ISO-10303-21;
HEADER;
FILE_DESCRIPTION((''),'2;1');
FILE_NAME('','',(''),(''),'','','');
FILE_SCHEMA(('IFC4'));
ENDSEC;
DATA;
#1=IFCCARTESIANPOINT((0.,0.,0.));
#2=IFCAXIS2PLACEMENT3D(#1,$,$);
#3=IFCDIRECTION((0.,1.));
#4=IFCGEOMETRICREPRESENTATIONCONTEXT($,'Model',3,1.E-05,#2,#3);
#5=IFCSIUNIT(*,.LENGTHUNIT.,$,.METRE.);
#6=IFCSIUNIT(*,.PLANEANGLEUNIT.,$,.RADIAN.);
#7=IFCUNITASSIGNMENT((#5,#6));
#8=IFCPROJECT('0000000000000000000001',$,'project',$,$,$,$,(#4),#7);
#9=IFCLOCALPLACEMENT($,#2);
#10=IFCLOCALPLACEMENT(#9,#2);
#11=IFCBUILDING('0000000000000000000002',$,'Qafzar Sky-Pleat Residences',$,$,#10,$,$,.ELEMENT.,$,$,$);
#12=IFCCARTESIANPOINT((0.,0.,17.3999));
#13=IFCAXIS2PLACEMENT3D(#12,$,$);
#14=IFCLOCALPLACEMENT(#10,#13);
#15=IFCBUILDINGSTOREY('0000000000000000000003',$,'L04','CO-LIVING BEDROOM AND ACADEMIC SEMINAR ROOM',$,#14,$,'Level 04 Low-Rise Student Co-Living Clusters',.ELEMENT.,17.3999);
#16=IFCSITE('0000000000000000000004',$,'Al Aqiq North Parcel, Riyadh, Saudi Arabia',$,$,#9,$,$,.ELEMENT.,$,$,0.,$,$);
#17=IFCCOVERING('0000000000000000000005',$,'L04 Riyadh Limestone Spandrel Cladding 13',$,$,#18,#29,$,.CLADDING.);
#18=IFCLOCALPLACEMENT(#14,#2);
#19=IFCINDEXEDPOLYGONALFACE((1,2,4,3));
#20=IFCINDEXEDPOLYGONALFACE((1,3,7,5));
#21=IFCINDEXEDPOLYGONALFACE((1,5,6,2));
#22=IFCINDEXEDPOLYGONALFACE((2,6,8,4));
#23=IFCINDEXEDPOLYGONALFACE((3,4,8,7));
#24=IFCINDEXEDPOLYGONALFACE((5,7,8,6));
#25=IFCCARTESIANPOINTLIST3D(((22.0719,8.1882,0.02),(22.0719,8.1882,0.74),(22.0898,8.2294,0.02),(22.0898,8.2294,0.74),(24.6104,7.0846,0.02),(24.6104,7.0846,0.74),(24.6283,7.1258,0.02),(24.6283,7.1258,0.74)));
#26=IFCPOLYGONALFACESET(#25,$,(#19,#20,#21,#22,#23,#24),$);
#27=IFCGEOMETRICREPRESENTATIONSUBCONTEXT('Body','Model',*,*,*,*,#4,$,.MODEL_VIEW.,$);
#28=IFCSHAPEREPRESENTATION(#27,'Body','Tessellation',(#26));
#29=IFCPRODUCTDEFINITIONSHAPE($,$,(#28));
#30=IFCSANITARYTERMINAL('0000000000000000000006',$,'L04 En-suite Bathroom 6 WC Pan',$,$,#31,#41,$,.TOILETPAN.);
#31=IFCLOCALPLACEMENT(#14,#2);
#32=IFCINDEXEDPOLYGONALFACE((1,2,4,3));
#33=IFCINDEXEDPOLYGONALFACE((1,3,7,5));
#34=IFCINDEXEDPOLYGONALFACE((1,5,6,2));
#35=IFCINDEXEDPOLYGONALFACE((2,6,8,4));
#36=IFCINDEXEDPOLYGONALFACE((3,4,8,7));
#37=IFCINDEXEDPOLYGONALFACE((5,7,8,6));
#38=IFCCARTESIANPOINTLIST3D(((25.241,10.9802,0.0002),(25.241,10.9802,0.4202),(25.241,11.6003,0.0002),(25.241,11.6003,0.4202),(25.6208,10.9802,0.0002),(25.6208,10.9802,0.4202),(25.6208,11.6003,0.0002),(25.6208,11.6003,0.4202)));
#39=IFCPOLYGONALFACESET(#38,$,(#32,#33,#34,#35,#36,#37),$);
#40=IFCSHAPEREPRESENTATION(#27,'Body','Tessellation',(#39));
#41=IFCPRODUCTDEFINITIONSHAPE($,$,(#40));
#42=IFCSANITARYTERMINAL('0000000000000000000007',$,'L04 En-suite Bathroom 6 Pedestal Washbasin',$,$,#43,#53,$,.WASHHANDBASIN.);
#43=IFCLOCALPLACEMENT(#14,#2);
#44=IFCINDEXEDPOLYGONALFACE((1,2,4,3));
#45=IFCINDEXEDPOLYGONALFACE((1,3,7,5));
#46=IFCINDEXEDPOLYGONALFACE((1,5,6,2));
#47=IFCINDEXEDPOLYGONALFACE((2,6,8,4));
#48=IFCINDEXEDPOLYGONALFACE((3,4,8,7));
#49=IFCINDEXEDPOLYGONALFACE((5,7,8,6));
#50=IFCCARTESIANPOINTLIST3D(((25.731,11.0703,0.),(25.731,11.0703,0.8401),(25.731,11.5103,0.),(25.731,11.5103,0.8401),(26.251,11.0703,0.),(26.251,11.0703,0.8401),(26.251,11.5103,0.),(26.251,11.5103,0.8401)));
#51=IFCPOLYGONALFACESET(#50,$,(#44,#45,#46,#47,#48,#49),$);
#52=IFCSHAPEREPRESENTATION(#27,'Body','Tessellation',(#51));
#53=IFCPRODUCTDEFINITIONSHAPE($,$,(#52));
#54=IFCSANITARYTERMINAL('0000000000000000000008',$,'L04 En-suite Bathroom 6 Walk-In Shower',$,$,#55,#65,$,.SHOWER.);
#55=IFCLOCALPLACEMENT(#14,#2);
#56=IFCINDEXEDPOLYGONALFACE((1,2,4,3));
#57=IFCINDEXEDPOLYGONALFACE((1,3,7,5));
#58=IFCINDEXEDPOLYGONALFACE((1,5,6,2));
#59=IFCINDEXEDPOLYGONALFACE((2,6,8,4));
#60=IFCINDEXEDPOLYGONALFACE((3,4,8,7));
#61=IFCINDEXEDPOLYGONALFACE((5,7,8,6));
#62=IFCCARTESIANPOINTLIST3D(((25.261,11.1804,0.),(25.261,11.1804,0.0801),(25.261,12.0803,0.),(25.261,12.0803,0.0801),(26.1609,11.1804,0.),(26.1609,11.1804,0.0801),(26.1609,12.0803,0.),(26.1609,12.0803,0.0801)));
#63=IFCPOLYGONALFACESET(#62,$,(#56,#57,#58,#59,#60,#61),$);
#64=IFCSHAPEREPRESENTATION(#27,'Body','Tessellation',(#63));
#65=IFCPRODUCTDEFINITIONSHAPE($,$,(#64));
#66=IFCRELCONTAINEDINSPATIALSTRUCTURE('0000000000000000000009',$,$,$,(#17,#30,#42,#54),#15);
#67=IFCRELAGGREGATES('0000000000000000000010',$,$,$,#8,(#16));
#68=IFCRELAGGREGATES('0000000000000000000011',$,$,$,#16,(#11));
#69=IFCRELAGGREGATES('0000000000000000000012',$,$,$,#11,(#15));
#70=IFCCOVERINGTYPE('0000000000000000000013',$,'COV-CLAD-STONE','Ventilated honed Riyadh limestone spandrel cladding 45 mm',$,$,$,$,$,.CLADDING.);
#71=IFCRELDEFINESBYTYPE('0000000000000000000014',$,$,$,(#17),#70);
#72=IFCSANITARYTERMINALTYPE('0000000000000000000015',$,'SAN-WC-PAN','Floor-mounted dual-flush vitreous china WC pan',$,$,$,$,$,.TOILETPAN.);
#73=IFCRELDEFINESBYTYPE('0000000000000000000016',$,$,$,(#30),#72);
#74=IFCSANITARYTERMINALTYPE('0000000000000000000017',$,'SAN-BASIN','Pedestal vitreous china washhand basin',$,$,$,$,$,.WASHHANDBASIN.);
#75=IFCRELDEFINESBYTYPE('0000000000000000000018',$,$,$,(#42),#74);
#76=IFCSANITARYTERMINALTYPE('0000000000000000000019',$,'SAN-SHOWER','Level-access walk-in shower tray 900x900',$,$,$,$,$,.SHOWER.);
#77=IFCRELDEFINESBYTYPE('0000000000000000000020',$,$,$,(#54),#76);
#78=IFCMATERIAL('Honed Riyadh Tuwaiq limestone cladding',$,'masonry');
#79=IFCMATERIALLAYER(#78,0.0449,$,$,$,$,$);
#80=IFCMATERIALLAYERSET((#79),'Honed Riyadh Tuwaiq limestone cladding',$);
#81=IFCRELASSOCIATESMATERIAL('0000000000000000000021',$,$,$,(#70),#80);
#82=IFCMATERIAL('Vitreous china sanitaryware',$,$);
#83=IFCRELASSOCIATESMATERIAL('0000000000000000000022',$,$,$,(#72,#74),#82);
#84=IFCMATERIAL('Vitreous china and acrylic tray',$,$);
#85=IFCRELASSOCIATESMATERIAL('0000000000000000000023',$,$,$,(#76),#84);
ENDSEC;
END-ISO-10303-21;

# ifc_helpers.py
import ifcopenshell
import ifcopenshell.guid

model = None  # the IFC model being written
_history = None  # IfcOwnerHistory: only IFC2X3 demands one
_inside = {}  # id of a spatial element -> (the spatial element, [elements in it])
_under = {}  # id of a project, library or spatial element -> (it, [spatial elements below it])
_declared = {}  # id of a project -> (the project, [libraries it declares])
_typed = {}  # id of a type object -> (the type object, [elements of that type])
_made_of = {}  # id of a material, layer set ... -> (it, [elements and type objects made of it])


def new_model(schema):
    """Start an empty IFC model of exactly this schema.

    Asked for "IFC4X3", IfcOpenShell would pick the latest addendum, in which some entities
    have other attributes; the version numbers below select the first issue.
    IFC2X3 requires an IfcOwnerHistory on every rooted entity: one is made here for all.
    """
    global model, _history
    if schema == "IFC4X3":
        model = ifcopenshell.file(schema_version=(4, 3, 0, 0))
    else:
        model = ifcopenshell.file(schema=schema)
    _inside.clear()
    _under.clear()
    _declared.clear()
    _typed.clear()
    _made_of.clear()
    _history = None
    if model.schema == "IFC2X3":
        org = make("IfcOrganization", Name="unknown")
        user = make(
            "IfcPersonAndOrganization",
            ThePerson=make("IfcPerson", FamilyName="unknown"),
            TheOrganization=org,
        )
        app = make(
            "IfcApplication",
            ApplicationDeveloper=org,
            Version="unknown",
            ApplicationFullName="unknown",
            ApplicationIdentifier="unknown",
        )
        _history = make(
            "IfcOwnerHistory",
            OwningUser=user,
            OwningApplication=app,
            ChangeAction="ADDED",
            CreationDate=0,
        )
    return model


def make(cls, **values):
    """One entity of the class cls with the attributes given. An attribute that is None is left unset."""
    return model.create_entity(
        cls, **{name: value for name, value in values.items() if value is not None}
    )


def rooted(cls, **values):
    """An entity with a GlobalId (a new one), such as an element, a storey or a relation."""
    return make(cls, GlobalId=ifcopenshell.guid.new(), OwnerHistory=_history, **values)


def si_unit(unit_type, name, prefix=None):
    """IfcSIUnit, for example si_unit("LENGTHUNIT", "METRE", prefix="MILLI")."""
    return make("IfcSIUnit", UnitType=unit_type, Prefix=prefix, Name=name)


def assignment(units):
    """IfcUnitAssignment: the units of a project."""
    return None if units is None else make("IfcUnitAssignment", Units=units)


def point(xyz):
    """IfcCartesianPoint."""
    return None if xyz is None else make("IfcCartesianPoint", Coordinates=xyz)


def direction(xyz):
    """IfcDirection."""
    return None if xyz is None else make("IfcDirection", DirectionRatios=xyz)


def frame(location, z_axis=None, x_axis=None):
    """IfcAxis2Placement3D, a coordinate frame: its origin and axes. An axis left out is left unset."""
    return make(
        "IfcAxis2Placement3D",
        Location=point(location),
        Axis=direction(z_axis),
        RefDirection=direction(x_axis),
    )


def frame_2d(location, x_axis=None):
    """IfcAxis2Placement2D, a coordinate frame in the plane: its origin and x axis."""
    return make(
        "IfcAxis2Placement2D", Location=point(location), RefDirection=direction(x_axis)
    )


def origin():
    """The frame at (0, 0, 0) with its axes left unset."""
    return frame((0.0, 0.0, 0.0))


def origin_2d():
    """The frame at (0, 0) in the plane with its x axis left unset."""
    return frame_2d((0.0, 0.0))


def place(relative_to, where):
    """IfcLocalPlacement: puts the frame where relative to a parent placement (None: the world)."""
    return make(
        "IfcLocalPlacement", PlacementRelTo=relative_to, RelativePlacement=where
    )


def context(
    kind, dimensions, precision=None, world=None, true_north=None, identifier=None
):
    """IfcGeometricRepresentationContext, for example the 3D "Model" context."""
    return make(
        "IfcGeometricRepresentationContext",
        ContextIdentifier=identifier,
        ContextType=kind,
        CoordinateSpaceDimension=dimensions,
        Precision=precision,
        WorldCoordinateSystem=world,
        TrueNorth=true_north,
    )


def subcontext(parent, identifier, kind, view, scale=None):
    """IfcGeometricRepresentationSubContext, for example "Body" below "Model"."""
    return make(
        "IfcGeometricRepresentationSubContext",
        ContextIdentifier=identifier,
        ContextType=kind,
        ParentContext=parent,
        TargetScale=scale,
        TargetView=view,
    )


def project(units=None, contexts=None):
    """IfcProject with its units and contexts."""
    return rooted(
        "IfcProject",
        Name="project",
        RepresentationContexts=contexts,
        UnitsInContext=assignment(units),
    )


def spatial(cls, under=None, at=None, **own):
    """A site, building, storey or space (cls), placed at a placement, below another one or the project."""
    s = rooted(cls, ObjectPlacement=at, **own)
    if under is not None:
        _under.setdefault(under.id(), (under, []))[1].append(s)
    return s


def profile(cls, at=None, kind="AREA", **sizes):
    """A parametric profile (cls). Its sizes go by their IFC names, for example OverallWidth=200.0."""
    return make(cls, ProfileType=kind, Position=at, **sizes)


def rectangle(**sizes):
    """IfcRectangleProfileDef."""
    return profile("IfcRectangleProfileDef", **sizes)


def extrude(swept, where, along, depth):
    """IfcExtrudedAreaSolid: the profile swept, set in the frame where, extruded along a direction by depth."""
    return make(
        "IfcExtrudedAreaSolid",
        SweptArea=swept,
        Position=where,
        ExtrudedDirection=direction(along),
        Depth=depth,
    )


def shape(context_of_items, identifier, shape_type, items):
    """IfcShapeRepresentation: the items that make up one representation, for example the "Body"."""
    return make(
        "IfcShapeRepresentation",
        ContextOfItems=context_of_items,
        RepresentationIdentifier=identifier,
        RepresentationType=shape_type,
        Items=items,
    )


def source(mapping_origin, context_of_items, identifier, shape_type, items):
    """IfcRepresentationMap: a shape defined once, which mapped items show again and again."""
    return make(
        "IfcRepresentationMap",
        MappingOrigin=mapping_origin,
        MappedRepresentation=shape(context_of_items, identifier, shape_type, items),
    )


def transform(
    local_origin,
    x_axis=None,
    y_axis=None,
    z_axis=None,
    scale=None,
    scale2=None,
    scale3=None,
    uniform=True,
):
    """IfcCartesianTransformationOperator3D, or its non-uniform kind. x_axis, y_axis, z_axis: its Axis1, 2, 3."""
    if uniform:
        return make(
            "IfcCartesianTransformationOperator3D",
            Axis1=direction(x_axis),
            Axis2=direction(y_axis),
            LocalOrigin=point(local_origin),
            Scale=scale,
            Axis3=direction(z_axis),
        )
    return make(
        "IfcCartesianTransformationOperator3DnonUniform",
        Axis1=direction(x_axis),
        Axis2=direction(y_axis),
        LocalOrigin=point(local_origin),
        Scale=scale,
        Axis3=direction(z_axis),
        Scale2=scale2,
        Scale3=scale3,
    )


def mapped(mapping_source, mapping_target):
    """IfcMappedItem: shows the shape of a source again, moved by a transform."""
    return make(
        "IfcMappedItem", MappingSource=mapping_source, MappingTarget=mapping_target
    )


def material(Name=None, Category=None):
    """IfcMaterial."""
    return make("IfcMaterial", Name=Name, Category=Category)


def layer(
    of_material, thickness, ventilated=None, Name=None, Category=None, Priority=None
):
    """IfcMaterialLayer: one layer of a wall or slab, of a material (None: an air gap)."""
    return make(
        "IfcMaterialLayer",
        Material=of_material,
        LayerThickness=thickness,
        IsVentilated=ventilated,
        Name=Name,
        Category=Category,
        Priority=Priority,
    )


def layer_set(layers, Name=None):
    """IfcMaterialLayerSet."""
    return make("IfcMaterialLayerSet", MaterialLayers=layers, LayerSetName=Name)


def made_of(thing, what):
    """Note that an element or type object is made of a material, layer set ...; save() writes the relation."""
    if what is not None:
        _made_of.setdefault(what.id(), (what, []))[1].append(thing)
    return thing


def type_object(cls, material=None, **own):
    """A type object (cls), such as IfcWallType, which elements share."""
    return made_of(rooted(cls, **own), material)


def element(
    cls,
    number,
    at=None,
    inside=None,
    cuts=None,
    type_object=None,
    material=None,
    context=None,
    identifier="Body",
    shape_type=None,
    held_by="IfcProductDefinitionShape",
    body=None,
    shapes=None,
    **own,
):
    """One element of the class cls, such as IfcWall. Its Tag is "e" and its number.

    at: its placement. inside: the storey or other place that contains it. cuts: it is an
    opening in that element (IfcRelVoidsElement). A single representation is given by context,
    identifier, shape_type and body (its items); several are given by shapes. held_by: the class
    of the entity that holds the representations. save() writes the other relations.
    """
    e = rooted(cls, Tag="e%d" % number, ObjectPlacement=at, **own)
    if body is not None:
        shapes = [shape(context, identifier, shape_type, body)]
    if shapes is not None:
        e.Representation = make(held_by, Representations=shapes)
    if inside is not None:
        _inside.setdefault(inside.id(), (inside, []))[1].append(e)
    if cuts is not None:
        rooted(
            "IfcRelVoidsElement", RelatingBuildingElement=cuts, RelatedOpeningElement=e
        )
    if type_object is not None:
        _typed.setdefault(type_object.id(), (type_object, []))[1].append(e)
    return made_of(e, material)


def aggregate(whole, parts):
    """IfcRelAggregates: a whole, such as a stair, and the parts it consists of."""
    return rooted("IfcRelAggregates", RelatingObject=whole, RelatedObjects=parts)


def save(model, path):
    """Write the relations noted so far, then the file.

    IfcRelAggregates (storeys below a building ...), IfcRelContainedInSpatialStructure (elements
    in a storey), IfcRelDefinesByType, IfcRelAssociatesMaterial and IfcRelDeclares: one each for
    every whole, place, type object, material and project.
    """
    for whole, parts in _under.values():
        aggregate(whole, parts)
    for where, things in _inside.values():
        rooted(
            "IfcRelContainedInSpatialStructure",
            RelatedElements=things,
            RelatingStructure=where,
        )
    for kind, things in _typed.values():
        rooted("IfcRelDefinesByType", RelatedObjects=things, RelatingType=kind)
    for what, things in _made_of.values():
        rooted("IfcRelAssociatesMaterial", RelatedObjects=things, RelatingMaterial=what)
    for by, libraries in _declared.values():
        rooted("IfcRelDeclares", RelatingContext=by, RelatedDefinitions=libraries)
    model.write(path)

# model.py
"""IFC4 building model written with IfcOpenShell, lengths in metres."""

from ifc_helpers import new_model, si_unit, direction, frame, origin, origin_2d, place, context, subcontext, project, spatial, rectangle, extrude, source, transform, mapped, material, layer, layer_set, type_object, element, save


model = new_model("IFC4")

# Units and contexts
model_context = context("Model", 3, precision=1e-05, world=origin(), true_north=direction((0.0, 1.0)))
body_context = subcontext(model_context, "Body", "Model", "MODEL_VIEW")
ifc_project = project(units=[si_unit("LENGTHUNIT", "METRE"), si_unit("PLANEANGLEUNIT", "RADIAN")], contexts=[model_context])

# Site, building, storey
site_placement = place(None, origin())
site = spatial("IfcSite", under=ifc_project, at=site_placement, Name="Al Aqiq North Parcel, Riyadh, Saudi Arabia", CompositionType="ELEMENT", RefElevation=0.0)
building_placement = place(site_placement, origin())
building = spatial("IfcBuilding", under=site, at=building_placement, Name="Qafzar Sky-Pleat Residences", CompositionType="ELEMENT")
storey_placement = place(building_placement, frame((0.0, 0.0, 17.3999)))
storey = spatial("IfcBuildingStorey", under=building, at=storey_placement, Name="L04", Description="CO-LIVING BEDROOM AND ACADEMIC SEMINAR ROOM", LongName="Level 04 Low-Rise Student Co-Living Clusters", CompositionType="ELEMENT", Elevation=17.3999)

# Covering
ifc_material_1 = material(Name="Honed Riyadh Tuwaiq limestone cladding", Category="masonry")
ifc_layer_1 = layer(ifc_material_1, 0.0449)
ifc_layer_set_1 = layer_set([ifc_layer_1], Name="Honed Riyadh Tuwaiq limestone cladding")
covering_type = type_object("IfcCoveringType", Name="COV-CLAD-STONE", Description="Ventilated honed Riyadh limestone spandrel cladding 45 mm", PredefinedType="CLADDING", material=ifc_layer_set_1)
shared_shape_1 = source(origin(), body_context, "Body", "SweptSolid", [
    extrude(rectangle(XDim=2.7681, YDim=0.0449, at=origin_2d()), origin(), (0.0, 0.0, 1.0), 0.72),
])
covering_placement = place(storey_placement, frame((23.3501, 7.657, 0.02), z_axis=(0.0, 0.0, 1.0), x_axis=(0.917082, -0.398698, 0.0)))
element("IfcCovering", 1, at=covering_placement, inside=storey, type_object=covering_type, Name="L04 Riyadh Limestone Spandrel Cladding 13", PredefinedType="CLADDING", context=body_context, shape_type="MappedRepresentation", body=[
    mapped(shared_shape_1, transform((0.0, 0.0, 0.0), x_axis=(1.0, 0.0, 0.0), y_axis=(0.0, 1.0, 0.0), z_axis=(0.0, 0.0, 1.0), scale=1.0)),
])

# Sanitary terminals
ifc_material_2 = material(Name="Vitreous china sanitaryware")
sanitary_terminal_type_1 = type_object("IfcSanitaryTerminalType", Name="SAN-WC-PAN", Description="Floor-mounted dual-flush vitreous china WC pan", PredefinedType="TOILETPAN", material=ifc_material_2)
shared_shape_2 = source(origin(), body_context, "Body", "SweptSolid", [
    extrude(rectangle(XDim=0.3799, YDim=0.6201, at=origin_2d()), origin(), (0.0, 0.0, 1.0), 0.4199),
])
sanitary_terminal_1_placement = place(storey_placement, frame((25.4309, 11.2903, 0.0002), z_axis=(0.0, 0.0, 1.0), x_axis=(1.0, 0.0, 0.0)))
element("IfcSanitaryTerminal", 2, at=sanitary_terminal_1_placement, inside=storey, type_object=sanitary_terminal_type_1, Name="L04 En-suite Bathroom 6 WC Pan", PredefinedType="TOILETPAN", context=body_context, shape_type="MappedRepresentation", body=[
    mapped(shared_shape_2, transform((0.0, 0.0, 0.0), x_axis=(1.0, 0.0, 0.0), y_axis=(0.0, 1.0, 0.0), z_axis=(0.0, 0.0, 1.0), scale=1.0)),
])
sanitary_terminal_type_2 = type_object("IfcSanitaryTerminalType", Name="SAN-BASIN", Description="Pedestal vitreous china washhand basin", PredefinedType="WASHHANDBASIN", material=ifc_material_2)
shared_shape_3 = source(origin(), body_context, "Body", "SweptSolid", [
    extrude(rectangle(XDim=0.52, YDim=0.4399, at=origin_2d()), origin(), (0.0, 0.0, 1.0), 0.8401),
])
sanitary_terminal_2_placement = place(storey_placement, frame((25.991, 11.2903, 0.0), z_axis=(0.0, 0.0, 1.0), x_axis=(1.0, 0.0, 0.0)))
element("IfcSanitaryTerminal", 3, at=sanitary_terminal_2_placement, inside=storey, type_object=sanitary_terminal_type_2, Name="L04 En-suite Bathroom 6 Pedestal Washbasin", PredefinedType="WASHHANDBASIN", context=body_context, shape_type="MappedRepresentation", body=[
    mapped(shared_shape_3, transform((0.0, 0.0, 0.0), x_axis=(1.0, 0.0, 0.0), y_axis=(0.0, 1.0, 0.0), z_axis=(0.0, 0.0, 1.0), scale=1.0)),
])
ifc_material_3 = material(Name="Vitreous china and acrylic tray")
sanitary_terminal_type_3 = type_object("IfcSanitaryTerminalType", Name="SAN-SHOWER", Description="Level-access walk-in shower tray 900x900", PredefinedType="SHOWER", material=ifc_material_3)
shared_shape_4 = source(origin(), body_context, "Body", "SweptSolid", [
    extrude(rectangle(XDim=0.8999, YDim=0.8999, at=origin_2d()), origin(), (0.0, 0.0, 1.0), 0.0801),
])
sanitary_terminal_3_placement = place(storey_placement, frame((25.7109, 11.6304, 0.0), z_axis=(0.0, 0.0, 1.0), x_axis=(1.0, 0.0, 0.0)))
element("IfcSanitaryTerminal", 4, at=sanitary_terminal_3_placement, inside=storey, type_object=sanitary_terminal_type_3, Name="L04 En-suite Bathroom 6 Walk-In Shower", PredefinedType="SHOWER", context=body_context, shape_type="MappedRepresentation", body=[
    mapped(shared_shape_4, transform((0.0, 0.0, 0.0), x_axis=(1.0, 0.0, 0.0), y_axis=(0.0, 1.0, 0.0), z_axis=(0.0, 0.0, 1.0), scale=1.0)),
])

save(model, "model.ifc")
